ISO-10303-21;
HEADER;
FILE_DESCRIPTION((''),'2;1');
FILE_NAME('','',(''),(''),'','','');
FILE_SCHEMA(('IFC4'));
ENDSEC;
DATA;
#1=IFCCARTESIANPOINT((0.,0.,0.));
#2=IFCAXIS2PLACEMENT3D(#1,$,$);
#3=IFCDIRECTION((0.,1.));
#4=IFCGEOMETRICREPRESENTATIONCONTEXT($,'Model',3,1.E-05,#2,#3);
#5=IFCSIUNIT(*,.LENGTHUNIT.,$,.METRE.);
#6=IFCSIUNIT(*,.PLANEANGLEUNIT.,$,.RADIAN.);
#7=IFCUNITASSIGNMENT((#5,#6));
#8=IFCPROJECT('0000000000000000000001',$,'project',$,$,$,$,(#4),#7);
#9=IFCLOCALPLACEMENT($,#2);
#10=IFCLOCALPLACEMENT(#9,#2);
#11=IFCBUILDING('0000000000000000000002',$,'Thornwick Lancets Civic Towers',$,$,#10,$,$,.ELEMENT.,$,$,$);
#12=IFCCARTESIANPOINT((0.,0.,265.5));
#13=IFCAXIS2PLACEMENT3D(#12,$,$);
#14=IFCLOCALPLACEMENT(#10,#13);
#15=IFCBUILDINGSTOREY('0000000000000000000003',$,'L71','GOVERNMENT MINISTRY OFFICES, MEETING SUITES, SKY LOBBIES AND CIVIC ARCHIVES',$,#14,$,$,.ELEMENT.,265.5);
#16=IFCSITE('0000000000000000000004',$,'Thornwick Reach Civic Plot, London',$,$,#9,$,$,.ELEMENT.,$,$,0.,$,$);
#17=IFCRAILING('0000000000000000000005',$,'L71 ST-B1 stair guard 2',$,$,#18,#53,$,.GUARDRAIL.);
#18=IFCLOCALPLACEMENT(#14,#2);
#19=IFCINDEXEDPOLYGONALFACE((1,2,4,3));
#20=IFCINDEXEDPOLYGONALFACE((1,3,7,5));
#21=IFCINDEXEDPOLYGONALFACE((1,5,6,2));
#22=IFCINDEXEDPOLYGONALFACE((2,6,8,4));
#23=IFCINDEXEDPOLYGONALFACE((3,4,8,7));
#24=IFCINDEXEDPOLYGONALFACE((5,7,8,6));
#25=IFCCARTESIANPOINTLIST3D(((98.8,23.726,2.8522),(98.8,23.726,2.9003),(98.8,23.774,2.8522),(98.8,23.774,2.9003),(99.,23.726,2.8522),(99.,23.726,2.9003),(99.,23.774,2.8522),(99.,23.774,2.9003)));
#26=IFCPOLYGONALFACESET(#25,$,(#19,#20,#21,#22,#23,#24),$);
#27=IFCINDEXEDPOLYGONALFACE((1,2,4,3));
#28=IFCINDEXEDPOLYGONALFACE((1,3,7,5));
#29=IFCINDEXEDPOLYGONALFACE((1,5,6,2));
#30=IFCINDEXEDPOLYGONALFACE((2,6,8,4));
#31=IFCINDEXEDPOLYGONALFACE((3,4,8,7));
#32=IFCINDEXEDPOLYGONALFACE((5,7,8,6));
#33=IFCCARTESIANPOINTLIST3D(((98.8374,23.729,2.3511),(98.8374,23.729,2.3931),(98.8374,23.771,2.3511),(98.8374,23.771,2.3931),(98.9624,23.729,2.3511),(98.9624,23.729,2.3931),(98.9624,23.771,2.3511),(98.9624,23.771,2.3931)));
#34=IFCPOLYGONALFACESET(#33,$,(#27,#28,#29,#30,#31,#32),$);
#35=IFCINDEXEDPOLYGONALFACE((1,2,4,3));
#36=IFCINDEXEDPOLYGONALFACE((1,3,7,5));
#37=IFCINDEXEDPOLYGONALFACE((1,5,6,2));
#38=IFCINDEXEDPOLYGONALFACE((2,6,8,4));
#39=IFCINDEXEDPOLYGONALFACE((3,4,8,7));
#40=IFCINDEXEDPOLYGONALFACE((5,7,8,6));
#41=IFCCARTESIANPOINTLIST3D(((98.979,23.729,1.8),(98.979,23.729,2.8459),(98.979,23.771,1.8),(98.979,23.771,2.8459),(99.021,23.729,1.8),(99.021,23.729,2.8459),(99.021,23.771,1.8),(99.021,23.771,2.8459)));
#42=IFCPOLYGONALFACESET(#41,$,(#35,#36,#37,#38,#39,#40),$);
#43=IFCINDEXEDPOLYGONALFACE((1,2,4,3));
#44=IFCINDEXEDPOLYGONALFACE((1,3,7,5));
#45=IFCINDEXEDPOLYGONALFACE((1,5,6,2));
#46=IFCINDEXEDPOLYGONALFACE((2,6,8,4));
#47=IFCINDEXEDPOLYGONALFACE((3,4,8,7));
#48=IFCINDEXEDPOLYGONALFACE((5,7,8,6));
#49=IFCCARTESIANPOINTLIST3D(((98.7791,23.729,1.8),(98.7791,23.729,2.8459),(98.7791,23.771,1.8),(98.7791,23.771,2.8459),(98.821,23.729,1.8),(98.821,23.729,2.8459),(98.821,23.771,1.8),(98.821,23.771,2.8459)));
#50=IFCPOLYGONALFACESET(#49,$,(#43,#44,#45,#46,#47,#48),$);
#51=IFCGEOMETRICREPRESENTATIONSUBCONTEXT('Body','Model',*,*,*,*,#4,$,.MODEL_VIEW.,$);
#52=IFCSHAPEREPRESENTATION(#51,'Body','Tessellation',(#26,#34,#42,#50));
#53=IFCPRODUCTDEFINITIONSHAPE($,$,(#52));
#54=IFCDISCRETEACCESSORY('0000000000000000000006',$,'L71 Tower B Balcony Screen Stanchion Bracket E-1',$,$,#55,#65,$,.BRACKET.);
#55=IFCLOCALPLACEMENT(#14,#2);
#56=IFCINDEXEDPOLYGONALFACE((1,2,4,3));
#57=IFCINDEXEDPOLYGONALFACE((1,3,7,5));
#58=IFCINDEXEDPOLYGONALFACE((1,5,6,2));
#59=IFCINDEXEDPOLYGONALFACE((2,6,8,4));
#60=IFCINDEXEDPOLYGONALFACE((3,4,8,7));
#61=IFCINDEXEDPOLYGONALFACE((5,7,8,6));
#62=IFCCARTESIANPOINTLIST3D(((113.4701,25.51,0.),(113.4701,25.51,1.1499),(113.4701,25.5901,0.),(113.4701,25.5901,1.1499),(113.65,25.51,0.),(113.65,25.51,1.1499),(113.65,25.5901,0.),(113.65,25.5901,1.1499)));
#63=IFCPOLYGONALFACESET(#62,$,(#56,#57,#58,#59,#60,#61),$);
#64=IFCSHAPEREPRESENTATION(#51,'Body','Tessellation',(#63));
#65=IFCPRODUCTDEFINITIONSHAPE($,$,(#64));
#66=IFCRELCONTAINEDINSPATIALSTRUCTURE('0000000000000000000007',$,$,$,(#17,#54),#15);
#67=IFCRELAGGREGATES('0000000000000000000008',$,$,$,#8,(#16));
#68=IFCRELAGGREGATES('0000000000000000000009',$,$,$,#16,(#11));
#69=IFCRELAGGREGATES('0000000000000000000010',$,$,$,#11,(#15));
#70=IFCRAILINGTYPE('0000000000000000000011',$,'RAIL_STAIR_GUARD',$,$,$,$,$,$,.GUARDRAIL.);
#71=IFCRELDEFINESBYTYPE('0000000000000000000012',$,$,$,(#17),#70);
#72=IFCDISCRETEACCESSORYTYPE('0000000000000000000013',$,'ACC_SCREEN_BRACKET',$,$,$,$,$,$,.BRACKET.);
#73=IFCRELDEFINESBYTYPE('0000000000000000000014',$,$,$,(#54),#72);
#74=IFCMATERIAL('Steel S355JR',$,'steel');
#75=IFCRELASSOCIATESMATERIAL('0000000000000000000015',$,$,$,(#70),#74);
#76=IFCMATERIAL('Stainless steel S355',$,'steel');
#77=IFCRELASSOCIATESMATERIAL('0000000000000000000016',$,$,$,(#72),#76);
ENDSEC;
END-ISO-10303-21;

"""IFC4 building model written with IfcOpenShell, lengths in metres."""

from ifc_helpers import new_model, si_unit, direction, frame, origin, origin_2d, place, context, subcontext, project, spatial, rectangle, extrude, material, type_object, element, save


model = new_model("IFC4")

# Units and contexts
model_context = context("Model", 3, precision=1e-05, world=origin(), true_north=direction((0.0, 1.0)))
body_context = subcontext(model_context, "Body", "Model", "MODEL_VIEW")
ifc_project = project(units=[si_unit("LENGTHUNIT", "METRE"), si_unit("PLANEANGLEUNIT", "RADIAN")], contexts=[model_context])

# Site, building, storey
site_placement = place(None, origin())
site = spatial("IfcSite", under=ifc_project, at=site_placement, Name="Thornwick Reach Civic Plot, London", CompositionType="ELEMENT", RefElevation=0.0)
building_placement = place(site_placement, origin())
building = spatial("IfcBuilding", under=site, at=building_placement, Name="Thornwick Lancets Civic Towers", CompositionType="ELEMENT")
storey_placement = place(building_placement, frame((0.0, 0.0, 265.5)))
storey = spatial("IfcBuildingStorey", under=building, at=storey_placement, Name="L71", Description="GOVERNMENT MINISTRY OFFICES, MEETING SUITES, SKY LOBBIES AND CIVIC ARCHIVES", CompositionType="ELEMENT", Elevation=265.5)

# Shared definitions
ifc_material_1 = material(Name="Steel S355JR", Category="steel")

# Railing
railing_type_1 = type_object("IfcRailingType", Name="RAIL_STAIR_GUARD", PredefinedType="GUARDRAIL", material=ifc_material_1)
railing_1_placement = place(storey_placement, frame((99.0, 23.75, 1.8)))
element("IfcRailing", 1, at=railing_1_placement, inside=storey, type_object=railing_type_1, Name="L71 ST-B1 stair guard 2", PredefinedType="GUARDRAIL", context=body_context, shape_type="SweptSolid", body=[
    extrude(rectangle(XDim=0.0481, YDim=0.0481, at=origin_2d()), frame((0.0, 0.0, 1.0762), z_axis=(-1.0, 0.0, 0.0), x_axis=(0.0, -1.0, 0.0)), (0.0, 0.0, 1.0), 0.2),
    extrude(rectangle(XDim=0.042, YDim=0.042, at=origin_2d()), frame((-0.0376, 0.0, 0.572), z_axis=(-1.0, 0.0, 0.0), x_axis=(0.0, -1.0, 0.0)), (0.0, 0.0, 1.0), 0.125),
    extrude(rectangle(XDim=0.042, YDim=0.042, at=origin_2d()), origin(), (0.0, 0.0, 1.0), 1.0459),
    extrude(rectangle(XDim=0.042, YDim=0.042, at=origin_2d()), frame((-0.2, 0.0, 0.0)), (0.0, 0.0, 1.0), 1.0459),
])

# Discrete accessory
ifc_material_2 = material(Name="Stainless steel S355", Category="steel")
discrete_accessory_type = type_object("IfcDiscreteAccessoryType", Name="ACC_SCREEN_BRACKET", PredefinedType="BRACKET", material=ifc_material_2)
discrete_accessory_placement = place(storey_placement, frame((113.5601, 25.55, 0.0), z_axis=(0.0, 0.0, 1.0), x_axis=(0.0, 1.0, 0.0)))
element("IfcDiscreteAccessory", 2, at=discrete_accessory_placement, inside=storey, type_object=discrete_accessory_type, Name="L71 Tower B Balcony Screen Stanchion Bracket E-1", PredefinedType="BRACKET", context=body_context, shape_type="SweptSolid", body=[
    extrude(rectangle(XDim=0.0801, YDim=0.1799, at=origin_2d()), origin(), (0.0, 0.0, 1.0), 1.1499),
])

save(model, "model.ifc")
